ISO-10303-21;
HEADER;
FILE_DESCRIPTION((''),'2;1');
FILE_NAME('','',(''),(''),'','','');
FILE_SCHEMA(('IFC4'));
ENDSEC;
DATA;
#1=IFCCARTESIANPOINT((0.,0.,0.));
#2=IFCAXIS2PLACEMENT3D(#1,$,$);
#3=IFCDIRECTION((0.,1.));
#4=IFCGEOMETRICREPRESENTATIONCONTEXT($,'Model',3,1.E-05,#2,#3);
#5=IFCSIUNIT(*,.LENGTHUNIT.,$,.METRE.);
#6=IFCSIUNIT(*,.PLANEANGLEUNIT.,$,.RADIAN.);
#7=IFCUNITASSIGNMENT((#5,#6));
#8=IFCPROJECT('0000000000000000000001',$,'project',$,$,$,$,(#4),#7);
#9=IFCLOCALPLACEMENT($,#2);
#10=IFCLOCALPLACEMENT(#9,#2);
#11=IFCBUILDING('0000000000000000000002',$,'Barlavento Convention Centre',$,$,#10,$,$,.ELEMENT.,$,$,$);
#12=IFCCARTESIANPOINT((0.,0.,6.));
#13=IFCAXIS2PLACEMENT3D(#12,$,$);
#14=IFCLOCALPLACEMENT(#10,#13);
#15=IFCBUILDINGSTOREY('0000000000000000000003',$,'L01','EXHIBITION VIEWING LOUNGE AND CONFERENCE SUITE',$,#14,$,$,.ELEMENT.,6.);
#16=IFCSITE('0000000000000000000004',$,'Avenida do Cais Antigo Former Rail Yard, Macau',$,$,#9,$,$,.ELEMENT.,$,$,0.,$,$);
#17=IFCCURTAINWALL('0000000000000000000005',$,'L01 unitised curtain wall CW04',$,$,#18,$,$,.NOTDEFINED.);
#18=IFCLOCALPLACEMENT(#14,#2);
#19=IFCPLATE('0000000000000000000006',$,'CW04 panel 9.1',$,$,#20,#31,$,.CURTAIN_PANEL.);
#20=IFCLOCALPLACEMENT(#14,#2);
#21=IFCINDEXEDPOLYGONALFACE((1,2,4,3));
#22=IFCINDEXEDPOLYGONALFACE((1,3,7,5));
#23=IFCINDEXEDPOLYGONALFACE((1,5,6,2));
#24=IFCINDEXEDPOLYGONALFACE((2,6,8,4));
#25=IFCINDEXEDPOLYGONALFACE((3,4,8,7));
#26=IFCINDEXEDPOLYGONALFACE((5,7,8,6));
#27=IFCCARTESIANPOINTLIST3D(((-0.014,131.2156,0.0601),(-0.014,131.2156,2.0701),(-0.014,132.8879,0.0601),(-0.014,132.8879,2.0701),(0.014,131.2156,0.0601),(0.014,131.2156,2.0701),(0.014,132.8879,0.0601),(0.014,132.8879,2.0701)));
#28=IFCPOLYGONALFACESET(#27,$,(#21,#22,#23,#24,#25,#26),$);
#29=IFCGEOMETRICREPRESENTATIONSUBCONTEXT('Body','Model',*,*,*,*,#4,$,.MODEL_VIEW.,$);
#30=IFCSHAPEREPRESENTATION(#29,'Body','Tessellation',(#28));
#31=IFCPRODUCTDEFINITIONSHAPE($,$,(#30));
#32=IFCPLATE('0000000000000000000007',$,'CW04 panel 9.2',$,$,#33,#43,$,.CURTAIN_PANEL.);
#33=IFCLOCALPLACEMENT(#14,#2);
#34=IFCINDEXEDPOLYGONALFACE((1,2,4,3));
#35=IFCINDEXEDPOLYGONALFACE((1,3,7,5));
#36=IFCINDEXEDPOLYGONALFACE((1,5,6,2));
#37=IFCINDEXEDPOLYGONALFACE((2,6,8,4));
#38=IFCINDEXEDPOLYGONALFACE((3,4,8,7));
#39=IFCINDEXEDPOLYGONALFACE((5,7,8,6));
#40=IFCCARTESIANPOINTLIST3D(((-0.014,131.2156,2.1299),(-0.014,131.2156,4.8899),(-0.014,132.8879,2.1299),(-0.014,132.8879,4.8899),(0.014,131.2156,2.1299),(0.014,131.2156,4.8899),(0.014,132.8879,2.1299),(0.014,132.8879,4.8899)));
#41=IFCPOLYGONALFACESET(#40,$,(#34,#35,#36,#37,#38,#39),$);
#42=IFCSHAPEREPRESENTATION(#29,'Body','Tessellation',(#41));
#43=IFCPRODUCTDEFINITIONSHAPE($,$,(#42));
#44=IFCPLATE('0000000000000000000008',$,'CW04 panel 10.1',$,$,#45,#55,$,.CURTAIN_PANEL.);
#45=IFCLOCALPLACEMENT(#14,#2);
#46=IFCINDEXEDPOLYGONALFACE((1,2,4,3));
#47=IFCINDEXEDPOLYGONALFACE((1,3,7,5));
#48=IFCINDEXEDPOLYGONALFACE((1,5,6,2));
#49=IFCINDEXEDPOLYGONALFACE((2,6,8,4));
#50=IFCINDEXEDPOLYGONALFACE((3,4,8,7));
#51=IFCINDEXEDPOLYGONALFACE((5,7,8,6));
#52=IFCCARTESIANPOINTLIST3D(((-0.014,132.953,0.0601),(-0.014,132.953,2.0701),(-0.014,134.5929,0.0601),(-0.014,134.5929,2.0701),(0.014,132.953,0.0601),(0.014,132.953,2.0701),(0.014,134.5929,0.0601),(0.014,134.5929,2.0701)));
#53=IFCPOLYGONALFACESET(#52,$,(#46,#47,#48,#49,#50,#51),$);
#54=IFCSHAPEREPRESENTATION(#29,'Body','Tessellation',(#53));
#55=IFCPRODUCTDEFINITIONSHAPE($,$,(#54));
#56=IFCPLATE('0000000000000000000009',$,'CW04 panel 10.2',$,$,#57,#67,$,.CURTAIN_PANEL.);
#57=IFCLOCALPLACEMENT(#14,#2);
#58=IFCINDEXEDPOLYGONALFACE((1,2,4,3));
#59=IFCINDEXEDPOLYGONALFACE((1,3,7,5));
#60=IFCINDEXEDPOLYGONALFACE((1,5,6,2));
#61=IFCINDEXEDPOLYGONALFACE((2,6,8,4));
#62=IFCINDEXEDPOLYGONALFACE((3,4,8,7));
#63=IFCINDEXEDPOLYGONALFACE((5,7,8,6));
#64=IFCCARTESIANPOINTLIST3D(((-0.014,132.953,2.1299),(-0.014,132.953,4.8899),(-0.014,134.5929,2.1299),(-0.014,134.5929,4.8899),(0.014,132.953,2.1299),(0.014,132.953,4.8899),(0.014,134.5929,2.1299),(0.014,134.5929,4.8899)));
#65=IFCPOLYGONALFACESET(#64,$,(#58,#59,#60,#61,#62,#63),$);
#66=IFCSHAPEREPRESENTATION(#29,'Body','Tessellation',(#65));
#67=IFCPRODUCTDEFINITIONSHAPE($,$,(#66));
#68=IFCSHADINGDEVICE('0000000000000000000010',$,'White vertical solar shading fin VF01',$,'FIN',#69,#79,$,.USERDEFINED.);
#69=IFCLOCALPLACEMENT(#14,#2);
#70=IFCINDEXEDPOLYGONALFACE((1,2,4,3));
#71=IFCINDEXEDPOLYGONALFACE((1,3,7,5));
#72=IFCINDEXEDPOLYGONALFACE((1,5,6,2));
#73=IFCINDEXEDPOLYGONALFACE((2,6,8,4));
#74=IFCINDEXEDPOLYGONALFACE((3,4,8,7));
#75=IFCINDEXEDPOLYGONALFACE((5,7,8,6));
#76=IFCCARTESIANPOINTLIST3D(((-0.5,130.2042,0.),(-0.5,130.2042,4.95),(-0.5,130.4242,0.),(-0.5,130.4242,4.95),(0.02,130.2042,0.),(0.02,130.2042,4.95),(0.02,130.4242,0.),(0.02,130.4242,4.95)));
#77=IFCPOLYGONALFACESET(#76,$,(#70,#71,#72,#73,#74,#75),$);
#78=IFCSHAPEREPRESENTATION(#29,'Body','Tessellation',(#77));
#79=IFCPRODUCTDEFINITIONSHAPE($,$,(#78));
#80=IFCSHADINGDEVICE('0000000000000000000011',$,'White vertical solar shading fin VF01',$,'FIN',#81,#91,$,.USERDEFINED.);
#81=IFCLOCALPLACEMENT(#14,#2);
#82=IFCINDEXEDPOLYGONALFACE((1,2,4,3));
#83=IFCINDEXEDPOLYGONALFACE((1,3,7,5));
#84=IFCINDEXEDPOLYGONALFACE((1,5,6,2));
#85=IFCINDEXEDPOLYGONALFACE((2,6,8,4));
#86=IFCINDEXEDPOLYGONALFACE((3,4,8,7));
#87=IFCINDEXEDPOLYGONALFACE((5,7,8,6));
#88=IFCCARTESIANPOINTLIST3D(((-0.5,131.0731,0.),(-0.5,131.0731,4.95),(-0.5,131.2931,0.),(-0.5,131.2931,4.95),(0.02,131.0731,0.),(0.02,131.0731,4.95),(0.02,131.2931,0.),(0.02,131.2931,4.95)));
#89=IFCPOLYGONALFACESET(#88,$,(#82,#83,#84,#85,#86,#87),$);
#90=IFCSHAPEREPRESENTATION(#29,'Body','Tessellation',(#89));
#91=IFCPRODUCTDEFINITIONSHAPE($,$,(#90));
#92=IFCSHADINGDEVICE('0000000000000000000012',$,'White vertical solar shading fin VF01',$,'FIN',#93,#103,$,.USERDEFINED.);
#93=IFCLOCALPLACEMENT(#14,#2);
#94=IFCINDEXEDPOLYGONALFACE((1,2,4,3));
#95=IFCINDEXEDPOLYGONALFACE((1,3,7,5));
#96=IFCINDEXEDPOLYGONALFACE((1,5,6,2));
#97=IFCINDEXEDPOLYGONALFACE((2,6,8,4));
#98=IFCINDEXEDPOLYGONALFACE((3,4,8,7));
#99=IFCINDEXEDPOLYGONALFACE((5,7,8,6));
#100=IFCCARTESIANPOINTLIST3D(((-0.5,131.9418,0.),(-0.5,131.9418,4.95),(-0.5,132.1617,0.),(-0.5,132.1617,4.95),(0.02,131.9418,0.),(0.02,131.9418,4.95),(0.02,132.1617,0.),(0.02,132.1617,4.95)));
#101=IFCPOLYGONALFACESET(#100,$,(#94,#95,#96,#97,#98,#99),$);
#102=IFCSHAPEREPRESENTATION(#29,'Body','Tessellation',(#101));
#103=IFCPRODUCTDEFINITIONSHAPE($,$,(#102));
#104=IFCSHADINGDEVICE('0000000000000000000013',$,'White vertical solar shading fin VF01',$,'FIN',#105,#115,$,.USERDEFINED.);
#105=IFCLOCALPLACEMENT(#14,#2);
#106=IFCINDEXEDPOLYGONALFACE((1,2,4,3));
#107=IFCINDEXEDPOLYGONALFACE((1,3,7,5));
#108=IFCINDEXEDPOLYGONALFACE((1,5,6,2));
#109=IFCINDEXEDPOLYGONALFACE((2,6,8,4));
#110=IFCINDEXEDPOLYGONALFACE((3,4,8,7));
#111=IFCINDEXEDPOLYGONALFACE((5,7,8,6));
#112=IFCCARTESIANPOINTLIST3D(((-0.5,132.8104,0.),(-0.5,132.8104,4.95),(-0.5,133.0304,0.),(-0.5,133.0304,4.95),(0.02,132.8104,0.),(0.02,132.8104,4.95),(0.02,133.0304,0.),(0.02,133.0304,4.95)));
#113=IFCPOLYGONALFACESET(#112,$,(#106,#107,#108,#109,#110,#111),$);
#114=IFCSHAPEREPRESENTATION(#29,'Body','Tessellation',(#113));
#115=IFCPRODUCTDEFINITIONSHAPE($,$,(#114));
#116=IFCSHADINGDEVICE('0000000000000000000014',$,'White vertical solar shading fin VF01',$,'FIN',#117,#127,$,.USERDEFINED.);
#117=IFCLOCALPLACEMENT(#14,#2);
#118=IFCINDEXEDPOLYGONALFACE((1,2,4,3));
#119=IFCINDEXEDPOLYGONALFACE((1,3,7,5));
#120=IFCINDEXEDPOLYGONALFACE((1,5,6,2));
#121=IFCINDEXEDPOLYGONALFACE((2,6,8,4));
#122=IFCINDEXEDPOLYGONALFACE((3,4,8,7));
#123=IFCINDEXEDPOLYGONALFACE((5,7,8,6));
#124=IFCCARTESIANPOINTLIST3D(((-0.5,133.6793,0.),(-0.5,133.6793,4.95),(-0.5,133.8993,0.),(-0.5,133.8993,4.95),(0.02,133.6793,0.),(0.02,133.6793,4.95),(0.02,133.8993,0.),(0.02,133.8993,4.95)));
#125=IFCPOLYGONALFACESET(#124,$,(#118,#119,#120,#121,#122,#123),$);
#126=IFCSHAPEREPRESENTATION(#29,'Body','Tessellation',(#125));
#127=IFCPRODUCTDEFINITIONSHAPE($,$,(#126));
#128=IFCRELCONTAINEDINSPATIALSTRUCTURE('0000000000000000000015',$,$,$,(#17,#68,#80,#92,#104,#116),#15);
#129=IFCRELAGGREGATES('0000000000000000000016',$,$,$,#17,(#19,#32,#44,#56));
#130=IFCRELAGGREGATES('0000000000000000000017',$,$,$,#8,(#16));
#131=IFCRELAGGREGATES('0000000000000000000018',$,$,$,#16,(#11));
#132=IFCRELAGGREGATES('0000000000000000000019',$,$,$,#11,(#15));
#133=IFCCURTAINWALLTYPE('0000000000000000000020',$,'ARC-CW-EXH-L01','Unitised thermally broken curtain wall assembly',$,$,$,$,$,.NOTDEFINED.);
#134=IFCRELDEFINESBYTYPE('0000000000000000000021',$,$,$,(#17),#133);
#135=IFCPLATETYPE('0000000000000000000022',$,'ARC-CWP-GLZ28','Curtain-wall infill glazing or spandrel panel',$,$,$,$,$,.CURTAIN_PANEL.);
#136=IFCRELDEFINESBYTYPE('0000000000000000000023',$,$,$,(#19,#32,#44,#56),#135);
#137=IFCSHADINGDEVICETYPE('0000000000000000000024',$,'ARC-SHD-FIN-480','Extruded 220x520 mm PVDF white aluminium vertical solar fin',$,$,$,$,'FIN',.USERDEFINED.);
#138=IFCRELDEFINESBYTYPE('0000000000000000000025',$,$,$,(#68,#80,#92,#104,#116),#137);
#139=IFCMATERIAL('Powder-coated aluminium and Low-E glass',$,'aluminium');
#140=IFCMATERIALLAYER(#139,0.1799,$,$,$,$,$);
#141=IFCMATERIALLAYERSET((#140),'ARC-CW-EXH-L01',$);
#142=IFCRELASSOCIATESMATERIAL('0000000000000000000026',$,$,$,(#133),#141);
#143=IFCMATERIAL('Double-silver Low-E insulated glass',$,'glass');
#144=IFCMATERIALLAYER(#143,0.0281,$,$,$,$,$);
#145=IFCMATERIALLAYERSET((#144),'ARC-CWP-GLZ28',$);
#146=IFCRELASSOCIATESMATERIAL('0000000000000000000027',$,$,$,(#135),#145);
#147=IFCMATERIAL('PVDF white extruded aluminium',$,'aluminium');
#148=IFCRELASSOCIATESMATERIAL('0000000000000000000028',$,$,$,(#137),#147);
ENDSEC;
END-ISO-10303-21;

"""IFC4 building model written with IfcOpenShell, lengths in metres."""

from ifc_helpers import new_model, si_unit, direction, frame, origin, origin_2d, place, context, subcontext, project, spatial, rectangle, extrude, material, layer, layer_set, type_object, element, aggregate, save


model = new_model("IFC4")

# Units and contexts
model_context = context("Model", 3, precision=1e-05, world=origin(), true_north=direction((0.0, 1.0)))
body_context = subcontext(model_context, "Body", "Model", "MODEL_VIEW")
ifc_project = project(units=[si_unit("LENGTHUNIT", "METRE"), si_unit("PLANEANGLEUNIT", "RADIAN")], contexts=[model_context])

# Site, building, storey
site_placement = place(None, origin())
site = spatial("IfcSite", under=ifc_project, at=site_placement, Name="Avenida do Cais Antigo Former Rail Yard, Macau", CompositionType="ELEMENT", RefElevation=0.0)
building_placement = place(site_placement, origin())
building = spatial("IfcBuilding", under=site, at=building_placement, Name="Barlavento Convention Centre", CompositionType="ELEMENT")
storey_placement = place(building_placement, frame((0.0, 0.0, 6.0)))
storey = spatial("IfcBuildingStorey", under=building, at=storey_placement, Name="L01", Description="EXHIBITION VIEWING LOUNGE AND CONFERENCE SUITE", CompositionType="ELEMENT", Elevation=6.0)

# Curtain wall, plates
ifc_material_1 = material(Name="Powder-coated aluminium and Low-E glass", Category="aluminium")
ifc_layer_1 = layer(ifc_material_1, 0.1799)
ifc_layer_set_1 = layer_set([ifc_layer_1], Name="ARC-CW-EXH-L01")
curtain_wall_type = type_object("IfcCurtainWallType", Name="ARC-CW-EXH-L01", Description="Unitised thermally broken curtain wall assembly", PredefinedType="NOTDEFINED", material=ifc_layer_set_1)
curtain_wall_placement = place(storey_placement, origin())
curtain_wall = element("IfcCurtainWall", 1, at=curtain_wall_placement, inside=storey, type_object=curtain_wall_type, Name="L01 unitised curtain wall CW04", PredefinedType="NOTDEFINED")
ifc_material_2 = material(Name="Double-silver Low-E insulated glass", Category="glass")
ifc_layer_2 = layer(ifc_material_2, 0.0281)
ifc_layer_set_2 = layer_set([ifc_layer_2], Name="ARC-CWP-GLZ28")
plate_type = type_object("IfcPlateType", Name="ARC-CWP-GLZ28", Description="Curtain-wall infill glazing or spandrel panel", PredefinedType="CURTAIN_PANEL", material=ifc_layer_set_2)
plate_1_placement = place(storey_placement, frame((0.0, 132.0518, 0.0601), z_axis=(0.0, 0.0, 1.0), x_axis=(0.0, 1.0, 0.0)))
plate_1 = element("IfcPlate", 2, at=plate_1_placement, type_object=plate_type, Name="CW04 panel 9.1", PredefinedType="CURTAIN_PANEL", context=body_context, shape_type="SweptSolid", body=[
    extrude(rectangle(XDim=1.6724, YDim=0.0281, at=origin_2d()), origin(), (0.0, 0.0, 1.0), 2.01),
])
plate_2_placement = place(storey_placement, frame((0.0, 132.0518, 2.1299), z_axis=(0.0, 0.0, 1.0), x_axis=(0.0, 1.0, 0.0)))
plate_2 = element("IfcPlate", 3, at=plate_2_placement, type_object=plate_type, Name="CW04 panel 9.2", PredefinedType="CURTAIN_PANEL", context=body_context, shape_type="SweptSolid", body=[
    extrude(rectangle(XDim=1.6724, YDim=0.0281, at=origin_2d()), origin(), (0.0, 0.0, 1.0), 2.76),
])
plate_3_placement = place(storey_placement, frame((0.0, 133.7729, 0.0601), z_axis=(0.0, 0.0, 1.0), x_axis=(0.0, 1.0, 0.0)))
plate_3 = element("IfcPlate", 4, at=plate_3_placement, type_object=plate_type, Name="CW04 panel 10.1", PredefinedType="CURTAIN_PANEL", context=body_context, shape_type="SweptSolid", body=[
    extrude(rectangle(XDim=1.6399, YDim=0.0281, at=origin_2d()), origin(), (0.0, 0.0, 1.0), 2.01),
])
plate_4_placement = place(storey_placement, frame((0.0, 133.7729, 2.1299), z_axis=(0.0, 0.0, 1.0), x_axis=(0.0, 1.0, 0.0)))
plate_4 = element("IfcPlate", 5, at=plate_4_placement, type_object=plate_type, Name="CW04 panel 10.2", PredefinedType="CURTAIN_PANEL", context=body_context, shape_type="SweptSolid", body=[
    extrude(rectangle(XDim=1.6399, YDim=0.0281, at=origin_2d()), origin(), (0.0, 0.0, 1.0), 2.76),
])
aggregate(curtain_wall, [plate_1, plate_2, plate_3, plate_4])

# Shading devices
ifc_material_3 = material(Name="PVDF white extruded aluminium", Category="aluminium")
shading_device_type = type_object("IfcShadingDeviceType", Name="ARC-SHD-FIN-480", Description="Extruded 220x520 mm PVDF white aluminium vertical solar fin", ElementType="FIN", PredefinedType="USERDEFINED", material=ifc_material_3)
for number, where, z_axis, x_axis, name in (
    (6, (-0.24, 130.3142, 0.0), (0.0, 0.0, 1.0), (0.0, 1.0, 0.0), "White vertical solar shading fin VF01"),
    (7, (-0.24, 131.1831, 0.0), (0.0, 0.0, 1.0), (0.0, 1.0, 0.0), "White vertical solar shading fin VF01"),
    (8, (-0.24, 132.0518, 0.0), (0.0, 0.0, 1.0), (0.0, 1.0, 0.0), "White vertical solar shading fin VF01"),
    (9, (-0.24, 132.9204, 0.0), (0.0, 0.0, 1.0), (0.0, 1.0, 0.0), "White vertical solar shading fin VF01"),
    (10, (-0.24, 133.7893, 0.0), (0.0, 0.0, 1.0), (0.0, 1.0, 0.0), "White vertical solar shading fin VF01"),
):
    element("IfcShadingDevice", number, at=place(storey_placement, frame(where, z_axis=z_axis, x_axis=x_axis)), inside=storey, type_object=shading_device_type, Name=name, ObjectType="FIN", PredefinedType="USERDEFINED", context=body_context, shape_type="SweptSolid", body=[
        extrude(rectangle(XDim=0.22, YDim=0.52, at=origin_2d()), origin(), (0.0, 0.0, 1.0), 4.95),
    ])

save(model, "model.ifc")
